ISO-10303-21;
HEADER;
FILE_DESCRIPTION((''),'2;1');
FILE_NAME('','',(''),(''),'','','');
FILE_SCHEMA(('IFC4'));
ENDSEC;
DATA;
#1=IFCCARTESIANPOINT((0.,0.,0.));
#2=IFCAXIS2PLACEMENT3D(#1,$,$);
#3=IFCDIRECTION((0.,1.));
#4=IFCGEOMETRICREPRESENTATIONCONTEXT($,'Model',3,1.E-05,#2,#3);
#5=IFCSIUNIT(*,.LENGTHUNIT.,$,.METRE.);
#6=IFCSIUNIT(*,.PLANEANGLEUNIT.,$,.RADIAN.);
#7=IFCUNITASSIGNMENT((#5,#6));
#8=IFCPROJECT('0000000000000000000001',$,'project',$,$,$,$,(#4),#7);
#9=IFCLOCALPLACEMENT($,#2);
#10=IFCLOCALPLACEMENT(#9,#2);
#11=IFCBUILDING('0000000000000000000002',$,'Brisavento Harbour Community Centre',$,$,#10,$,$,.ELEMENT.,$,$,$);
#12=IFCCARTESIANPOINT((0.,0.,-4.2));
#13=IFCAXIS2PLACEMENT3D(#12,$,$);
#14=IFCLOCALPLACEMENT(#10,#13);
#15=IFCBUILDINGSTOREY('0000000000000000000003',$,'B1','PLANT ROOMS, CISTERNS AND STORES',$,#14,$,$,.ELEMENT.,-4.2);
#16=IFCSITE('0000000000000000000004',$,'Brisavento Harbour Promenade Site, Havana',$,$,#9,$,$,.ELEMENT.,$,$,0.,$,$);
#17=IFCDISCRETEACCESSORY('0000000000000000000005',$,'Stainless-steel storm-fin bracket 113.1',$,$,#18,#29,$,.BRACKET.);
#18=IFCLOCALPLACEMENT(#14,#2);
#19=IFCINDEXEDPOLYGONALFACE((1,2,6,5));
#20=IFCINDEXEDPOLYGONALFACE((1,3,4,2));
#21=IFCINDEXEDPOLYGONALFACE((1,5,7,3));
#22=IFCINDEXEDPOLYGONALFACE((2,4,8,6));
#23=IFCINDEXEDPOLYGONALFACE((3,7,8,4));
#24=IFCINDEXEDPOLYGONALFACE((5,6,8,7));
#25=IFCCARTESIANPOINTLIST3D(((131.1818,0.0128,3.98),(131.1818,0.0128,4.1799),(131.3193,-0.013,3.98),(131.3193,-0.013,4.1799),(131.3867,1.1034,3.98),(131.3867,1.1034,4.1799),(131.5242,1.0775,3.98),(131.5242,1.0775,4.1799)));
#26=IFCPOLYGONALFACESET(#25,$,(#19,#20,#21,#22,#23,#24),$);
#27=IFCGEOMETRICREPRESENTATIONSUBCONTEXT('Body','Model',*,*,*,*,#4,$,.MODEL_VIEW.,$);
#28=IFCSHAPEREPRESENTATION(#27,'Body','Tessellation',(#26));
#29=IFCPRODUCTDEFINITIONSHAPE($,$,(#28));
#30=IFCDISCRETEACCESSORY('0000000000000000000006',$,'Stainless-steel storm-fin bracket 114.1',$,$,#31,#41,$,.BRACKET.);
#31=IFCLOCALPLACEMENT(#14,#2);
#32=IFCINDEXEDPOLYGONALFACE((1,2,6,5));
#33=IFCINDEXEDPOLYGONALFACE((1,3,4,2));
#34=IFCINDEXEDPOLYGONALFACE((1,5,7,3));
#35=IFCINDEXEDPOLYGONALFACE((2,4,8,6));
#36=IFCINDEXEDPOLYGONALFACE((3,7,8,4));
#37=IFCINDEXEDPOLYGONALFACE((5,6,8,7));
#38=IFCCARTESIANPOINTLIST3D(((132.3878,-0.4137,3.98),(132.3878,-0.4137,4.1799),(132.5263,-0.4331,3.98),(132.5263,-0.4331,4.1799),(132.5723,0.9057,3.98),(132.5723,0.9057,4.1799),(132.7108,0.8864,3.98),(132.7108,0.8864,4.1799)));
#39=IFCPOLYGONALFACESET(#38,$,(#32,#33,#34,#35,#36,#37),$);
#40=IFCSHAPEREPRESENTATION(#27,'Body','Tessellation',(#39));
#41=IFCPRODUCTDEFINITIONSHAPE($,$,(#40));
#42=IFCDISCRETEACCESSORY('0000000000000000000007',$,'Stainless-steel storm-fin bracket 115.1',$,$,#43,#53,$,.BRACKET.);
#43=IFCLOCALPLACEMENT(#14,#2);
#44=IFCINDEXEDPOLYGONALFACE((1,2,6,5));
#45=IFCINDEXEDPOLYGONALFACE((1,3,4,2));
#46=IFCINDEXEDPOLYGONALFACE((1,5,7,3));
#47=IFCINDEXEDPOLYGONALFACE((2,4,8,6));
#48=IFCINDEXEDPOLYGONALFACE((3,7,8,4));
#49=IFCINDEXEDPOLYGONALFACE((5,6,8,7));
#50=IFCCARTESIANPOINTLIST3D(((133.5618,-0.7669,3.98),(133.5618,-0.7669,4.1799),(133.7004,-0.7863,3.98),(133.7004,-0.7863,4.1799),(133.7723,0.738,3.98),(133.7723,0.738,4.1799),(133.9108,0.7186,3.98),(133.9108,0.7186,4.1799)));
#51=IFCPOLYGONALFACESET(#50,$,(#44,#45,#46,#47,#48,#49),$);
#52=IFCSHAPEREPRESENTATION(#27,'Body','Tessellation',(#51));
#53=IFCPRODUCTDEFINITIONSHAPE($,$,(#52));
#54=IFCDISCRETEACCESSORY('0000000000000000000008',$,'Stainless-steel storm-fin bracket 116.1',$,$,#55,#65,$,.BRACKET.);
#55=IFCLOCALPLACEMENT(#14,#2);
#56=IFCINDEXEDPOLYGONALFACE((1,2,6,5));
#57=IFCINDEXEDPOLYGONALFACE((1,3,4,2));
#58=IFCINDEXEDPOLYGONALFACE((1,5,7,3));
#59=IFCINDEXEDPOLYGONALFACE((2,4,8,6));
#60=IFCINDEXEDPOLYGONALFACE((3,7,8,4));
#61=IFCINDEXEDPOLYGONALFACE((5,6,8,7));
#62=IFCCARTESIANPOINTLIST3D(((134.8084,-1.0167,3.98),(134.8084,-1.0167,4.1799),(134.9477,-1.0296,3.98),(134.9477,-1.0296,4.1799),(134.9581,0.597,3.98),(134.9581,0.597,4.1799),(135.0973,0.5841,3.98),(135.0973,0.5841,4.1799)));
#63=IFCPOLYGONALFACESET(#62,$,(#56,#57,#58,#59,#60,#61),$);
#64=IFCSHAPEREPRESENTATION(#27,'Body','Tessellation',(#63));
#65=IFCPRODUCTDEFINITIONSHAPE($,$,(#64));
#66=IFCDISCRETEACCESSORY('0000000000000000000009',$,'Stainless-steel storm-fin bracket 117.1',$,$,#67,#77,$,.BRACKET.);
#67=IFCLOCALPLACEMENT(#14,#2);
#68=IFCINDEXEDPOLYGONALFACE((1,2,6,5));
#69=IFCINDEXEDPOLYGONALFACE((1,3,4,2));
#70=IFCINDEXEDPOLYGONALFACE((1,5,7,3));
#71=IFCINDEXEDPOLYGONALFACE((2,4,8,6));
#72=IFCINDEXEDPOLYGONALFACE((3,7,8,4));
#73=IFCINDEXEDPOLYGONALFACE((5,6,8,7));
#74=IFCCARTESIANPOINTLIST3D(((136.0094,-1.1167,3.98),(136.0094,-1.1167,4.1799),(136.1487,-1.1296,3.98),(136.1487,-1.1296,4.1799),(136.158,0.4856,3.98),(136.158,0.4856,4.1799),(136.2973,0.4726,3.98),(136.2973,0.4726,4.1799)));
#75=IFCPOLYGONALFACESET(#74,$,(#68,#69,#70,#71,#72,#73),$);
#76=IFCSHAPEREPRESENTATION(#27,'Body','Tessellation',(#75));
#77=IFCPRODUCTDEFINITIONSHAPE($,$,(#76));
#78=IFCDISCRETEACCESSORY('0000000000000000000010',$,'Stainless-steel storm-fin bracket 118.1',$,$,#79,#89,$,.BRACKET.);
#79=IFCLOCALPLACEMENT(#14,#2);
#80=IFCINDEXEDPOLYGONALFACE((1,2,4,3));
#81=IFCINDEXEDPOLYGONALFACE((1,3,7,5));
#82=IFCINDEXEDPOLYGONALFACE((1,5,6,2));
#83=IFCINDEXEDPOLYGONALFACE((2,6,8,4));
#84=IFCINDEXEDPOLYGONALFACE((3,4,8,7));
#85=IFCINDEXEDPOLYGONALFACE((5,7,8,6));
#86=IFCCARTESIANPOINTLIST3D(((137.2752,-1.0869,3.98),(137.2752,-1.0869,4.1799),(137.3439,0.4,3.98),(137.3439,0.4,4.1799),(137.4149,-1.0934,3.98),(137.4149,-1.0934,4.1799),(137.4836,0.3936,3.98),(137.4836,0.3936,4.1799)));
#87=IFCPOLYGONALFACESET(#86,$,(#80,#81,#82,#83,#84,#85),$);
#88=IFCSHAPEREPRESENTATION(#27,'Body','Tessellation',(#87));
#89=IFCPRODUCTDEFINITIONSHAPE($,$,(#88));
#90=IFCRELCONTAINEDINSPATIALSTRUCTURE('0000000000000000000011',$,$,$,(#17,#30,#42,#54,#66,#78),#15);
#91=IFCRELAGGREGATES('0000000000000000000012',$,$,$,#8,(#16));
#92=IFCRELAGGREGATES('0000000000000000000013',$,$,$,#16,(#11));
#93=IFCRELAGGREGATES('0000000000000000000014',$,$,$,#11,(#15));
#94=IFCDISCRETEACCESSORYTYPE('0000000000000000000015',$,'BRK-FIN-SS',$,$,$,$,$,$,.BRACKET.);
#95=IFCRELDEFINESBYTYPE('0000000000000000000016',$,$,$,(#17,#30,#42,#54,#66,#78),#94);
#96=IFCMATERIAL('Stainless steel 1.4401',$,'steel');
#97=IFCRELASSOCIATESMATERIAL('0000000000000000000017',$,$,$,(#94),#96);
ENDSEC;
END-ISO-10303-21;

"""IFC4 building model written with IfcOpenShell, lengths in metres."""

from ifc_helpers import new_model, si_unit, direction, frame, origin, origin_2d, place, context, subcontext, project, spatial, rectangle, extrude, material, type_object, element, save


model = new_model("IFC4")

# Units and contexts
model_context = context("Model", 3, precision=1e-05, world=origin(), true_north=direction((0.0, 1.0)))
body_context = subcontext(model_context, "Body", "Model", "MODEL_VIEW")
ifc_project = project(units=[si_unit("LENGTHUNIT", "METRE"), si_unit("PLANEANGLEUNIT", "RADIAN")], contexts=[model_context])

# Site, building, storey
site_placement = place(None, origin())
site = spatial("IfcSite", under=ifc_project, at=site_placement, Name="Brisavento Harbour Promenade Site, Havana", CompositionType="ELEMENT", RefElevation=0.0)
building_placement = place(site_placement, origin())
building = spatial("IfcBuilding", under=site, at=building_placement, Name="Brisavento Harbour Community Centre", CompositionType="ELEMENT")
storey_placement = place(building_placement, frame((0.0, 0.0, -4.2)))
storey = spatial("IfcBuildingStorey", under=building, at=storey_placement, Name="B1", Description="PLANT ROOMS, CISTERNS AND STORES", CompositionType="ELEMENT", Elevation=-4.2)

# Discrete accessories
ifc_material_1 = material(Name="Stainless steel 1.4401", Category="steel")
discrete_accessory_type = type_object("IfcDiscreteAccessoryType", Name="BRK-FIN-SS", PredefinedType="BRACKET", material=ifc_material_1)
discrete_accessory_1_placement = place(storey_placement, frame((131.353, 0.5452, 3.98), z_axis=(0.0, 0.0, 1.0), x_axis=(-0.184672, -0.9828, 0.0)))
element("IfcDiscreteAccessory", 1, at=discrete_accessory_1_placement, inside=storey, type_object=discrete_accessory_type, Name="Stainless-steel storm-fin bracket 113.1", PredefinedType="BRACKET", context=body_context, shape_type="SweptSolid", body=[
    extrude(rectangle(XDim=1.1096, YDim=0.1399, at=origin_2d()), origin(), (0.0, 0.0, 1.0), 0.2),
])
discrete_accessory_2_placement = place(storey_placement, frame((132.5493, 0.2363, 3.98), z_axis=(0.0, 0.0, 1.0), x_axis=(-0.138499, -0.990363, 0.0)))
element("IfcDiscreteAccessory", 2, at=discrete_accessory_2_placement, inside=storey, type_object=discrete_accessory_type, Name="Stainless-steel storm-fin bracket 114.1", PredefinedType="BRACKET", context=body_context, shape_type="SweptSolid", body=[
    extrude(rectangle(XDim=1.3323, YDim=0.1399, at=origin_2d()), origin(), (0.0, 0.0, 1.0), 0.2),
])
discrete_accessory_3_placement = place(storey_placement, frame((133.7363, -0.0242, 3.98), z_axis=(0.0, 0.0, 1.0), x_axis=(-0.138499, -0.990363, 0.0)))
element("IfcDiscreteAccessory", 3, at=discrete_accessory_3_placement, inside=storey, type_object=discrete_accessory_type, Name="Stainless-steel storm-fin bracket 115.1", PredefinedType="BRACKET", context=body_context, shape_type="SweptSolid", body=[
    extrude(rectangle(XDim=1.5195, YDim=0.1399, at=origin_2d()), origin(), (0.0, 0.0, 1.0), 0.2),
])
discrete_accessory_4_placement = place(storey_placement, frame((134.9529, -0.2163, 3.98), z_axis=(0.0, 0.0, 1.0), x_axis=(-0.092336, -0.995728, 0.0)))
element("IfcDiscreteAccessory", 4, at=discrete_accessory_4_placement, inside=storey, type_object=discrete_accessory_type, Name="Stainless-steel storm-fin bracket 116.1", PredefinedType="BRACKET", context=body_context, shape_type="SweptSolid", body=[
    extrude(rectangle(XDim=1.6206, YDim=0.1399, at=origin_2d()), origin(), (0.0, 0.0, 1.0), 0.2),
])
discrete_accessory_5_placement = place(storey_placement, frame((136.1533, -0.322, 3.98), z_axis=(0.0, 0.0, 1.0), x_axis=(-0.092336, -0.995728, 0.0)))
element("IfcDiscreteAccessory", 5, at=discrete_accessory_5_placement, inside=storey, type_object=discrete_accessory_type, Name="Stainless-steel storm-fin bracket 117.1", PredefinedType="BRACKET", context=body_context, shape_type="SweptSolid", body=[
    extrude(rectangle(XDim=1.6091, YDim=0.1399, at=origin_2d()), origin(), (0.0, 0.0, 1.0), 0.2),
])
discrete_accessory_6_placement = place(storey_placement, frame((137.3794, -0.3467, 3.98), z_axis=(0.0, 0.0, 1.0), x_axis=(-0.046165, -0.998934, 0.0)))
element("IfcDiscreteAccessory", 6, at=discrete_accessory_6_placement, inside=storey, type_object=discrete_accessory_type, Name="Stainless-steel storm-fin bracket 118.1", PredefinedType="BRACKET", context=body_context, shape_type="SweptSolid", body=[
    extrude(rectangle(XDim=1.4885, YDim=0.1399, at=origin_2d()), origin(), (0.0, 0.0, 1.0), 0.2),
])

save(model, "model.ifc")
